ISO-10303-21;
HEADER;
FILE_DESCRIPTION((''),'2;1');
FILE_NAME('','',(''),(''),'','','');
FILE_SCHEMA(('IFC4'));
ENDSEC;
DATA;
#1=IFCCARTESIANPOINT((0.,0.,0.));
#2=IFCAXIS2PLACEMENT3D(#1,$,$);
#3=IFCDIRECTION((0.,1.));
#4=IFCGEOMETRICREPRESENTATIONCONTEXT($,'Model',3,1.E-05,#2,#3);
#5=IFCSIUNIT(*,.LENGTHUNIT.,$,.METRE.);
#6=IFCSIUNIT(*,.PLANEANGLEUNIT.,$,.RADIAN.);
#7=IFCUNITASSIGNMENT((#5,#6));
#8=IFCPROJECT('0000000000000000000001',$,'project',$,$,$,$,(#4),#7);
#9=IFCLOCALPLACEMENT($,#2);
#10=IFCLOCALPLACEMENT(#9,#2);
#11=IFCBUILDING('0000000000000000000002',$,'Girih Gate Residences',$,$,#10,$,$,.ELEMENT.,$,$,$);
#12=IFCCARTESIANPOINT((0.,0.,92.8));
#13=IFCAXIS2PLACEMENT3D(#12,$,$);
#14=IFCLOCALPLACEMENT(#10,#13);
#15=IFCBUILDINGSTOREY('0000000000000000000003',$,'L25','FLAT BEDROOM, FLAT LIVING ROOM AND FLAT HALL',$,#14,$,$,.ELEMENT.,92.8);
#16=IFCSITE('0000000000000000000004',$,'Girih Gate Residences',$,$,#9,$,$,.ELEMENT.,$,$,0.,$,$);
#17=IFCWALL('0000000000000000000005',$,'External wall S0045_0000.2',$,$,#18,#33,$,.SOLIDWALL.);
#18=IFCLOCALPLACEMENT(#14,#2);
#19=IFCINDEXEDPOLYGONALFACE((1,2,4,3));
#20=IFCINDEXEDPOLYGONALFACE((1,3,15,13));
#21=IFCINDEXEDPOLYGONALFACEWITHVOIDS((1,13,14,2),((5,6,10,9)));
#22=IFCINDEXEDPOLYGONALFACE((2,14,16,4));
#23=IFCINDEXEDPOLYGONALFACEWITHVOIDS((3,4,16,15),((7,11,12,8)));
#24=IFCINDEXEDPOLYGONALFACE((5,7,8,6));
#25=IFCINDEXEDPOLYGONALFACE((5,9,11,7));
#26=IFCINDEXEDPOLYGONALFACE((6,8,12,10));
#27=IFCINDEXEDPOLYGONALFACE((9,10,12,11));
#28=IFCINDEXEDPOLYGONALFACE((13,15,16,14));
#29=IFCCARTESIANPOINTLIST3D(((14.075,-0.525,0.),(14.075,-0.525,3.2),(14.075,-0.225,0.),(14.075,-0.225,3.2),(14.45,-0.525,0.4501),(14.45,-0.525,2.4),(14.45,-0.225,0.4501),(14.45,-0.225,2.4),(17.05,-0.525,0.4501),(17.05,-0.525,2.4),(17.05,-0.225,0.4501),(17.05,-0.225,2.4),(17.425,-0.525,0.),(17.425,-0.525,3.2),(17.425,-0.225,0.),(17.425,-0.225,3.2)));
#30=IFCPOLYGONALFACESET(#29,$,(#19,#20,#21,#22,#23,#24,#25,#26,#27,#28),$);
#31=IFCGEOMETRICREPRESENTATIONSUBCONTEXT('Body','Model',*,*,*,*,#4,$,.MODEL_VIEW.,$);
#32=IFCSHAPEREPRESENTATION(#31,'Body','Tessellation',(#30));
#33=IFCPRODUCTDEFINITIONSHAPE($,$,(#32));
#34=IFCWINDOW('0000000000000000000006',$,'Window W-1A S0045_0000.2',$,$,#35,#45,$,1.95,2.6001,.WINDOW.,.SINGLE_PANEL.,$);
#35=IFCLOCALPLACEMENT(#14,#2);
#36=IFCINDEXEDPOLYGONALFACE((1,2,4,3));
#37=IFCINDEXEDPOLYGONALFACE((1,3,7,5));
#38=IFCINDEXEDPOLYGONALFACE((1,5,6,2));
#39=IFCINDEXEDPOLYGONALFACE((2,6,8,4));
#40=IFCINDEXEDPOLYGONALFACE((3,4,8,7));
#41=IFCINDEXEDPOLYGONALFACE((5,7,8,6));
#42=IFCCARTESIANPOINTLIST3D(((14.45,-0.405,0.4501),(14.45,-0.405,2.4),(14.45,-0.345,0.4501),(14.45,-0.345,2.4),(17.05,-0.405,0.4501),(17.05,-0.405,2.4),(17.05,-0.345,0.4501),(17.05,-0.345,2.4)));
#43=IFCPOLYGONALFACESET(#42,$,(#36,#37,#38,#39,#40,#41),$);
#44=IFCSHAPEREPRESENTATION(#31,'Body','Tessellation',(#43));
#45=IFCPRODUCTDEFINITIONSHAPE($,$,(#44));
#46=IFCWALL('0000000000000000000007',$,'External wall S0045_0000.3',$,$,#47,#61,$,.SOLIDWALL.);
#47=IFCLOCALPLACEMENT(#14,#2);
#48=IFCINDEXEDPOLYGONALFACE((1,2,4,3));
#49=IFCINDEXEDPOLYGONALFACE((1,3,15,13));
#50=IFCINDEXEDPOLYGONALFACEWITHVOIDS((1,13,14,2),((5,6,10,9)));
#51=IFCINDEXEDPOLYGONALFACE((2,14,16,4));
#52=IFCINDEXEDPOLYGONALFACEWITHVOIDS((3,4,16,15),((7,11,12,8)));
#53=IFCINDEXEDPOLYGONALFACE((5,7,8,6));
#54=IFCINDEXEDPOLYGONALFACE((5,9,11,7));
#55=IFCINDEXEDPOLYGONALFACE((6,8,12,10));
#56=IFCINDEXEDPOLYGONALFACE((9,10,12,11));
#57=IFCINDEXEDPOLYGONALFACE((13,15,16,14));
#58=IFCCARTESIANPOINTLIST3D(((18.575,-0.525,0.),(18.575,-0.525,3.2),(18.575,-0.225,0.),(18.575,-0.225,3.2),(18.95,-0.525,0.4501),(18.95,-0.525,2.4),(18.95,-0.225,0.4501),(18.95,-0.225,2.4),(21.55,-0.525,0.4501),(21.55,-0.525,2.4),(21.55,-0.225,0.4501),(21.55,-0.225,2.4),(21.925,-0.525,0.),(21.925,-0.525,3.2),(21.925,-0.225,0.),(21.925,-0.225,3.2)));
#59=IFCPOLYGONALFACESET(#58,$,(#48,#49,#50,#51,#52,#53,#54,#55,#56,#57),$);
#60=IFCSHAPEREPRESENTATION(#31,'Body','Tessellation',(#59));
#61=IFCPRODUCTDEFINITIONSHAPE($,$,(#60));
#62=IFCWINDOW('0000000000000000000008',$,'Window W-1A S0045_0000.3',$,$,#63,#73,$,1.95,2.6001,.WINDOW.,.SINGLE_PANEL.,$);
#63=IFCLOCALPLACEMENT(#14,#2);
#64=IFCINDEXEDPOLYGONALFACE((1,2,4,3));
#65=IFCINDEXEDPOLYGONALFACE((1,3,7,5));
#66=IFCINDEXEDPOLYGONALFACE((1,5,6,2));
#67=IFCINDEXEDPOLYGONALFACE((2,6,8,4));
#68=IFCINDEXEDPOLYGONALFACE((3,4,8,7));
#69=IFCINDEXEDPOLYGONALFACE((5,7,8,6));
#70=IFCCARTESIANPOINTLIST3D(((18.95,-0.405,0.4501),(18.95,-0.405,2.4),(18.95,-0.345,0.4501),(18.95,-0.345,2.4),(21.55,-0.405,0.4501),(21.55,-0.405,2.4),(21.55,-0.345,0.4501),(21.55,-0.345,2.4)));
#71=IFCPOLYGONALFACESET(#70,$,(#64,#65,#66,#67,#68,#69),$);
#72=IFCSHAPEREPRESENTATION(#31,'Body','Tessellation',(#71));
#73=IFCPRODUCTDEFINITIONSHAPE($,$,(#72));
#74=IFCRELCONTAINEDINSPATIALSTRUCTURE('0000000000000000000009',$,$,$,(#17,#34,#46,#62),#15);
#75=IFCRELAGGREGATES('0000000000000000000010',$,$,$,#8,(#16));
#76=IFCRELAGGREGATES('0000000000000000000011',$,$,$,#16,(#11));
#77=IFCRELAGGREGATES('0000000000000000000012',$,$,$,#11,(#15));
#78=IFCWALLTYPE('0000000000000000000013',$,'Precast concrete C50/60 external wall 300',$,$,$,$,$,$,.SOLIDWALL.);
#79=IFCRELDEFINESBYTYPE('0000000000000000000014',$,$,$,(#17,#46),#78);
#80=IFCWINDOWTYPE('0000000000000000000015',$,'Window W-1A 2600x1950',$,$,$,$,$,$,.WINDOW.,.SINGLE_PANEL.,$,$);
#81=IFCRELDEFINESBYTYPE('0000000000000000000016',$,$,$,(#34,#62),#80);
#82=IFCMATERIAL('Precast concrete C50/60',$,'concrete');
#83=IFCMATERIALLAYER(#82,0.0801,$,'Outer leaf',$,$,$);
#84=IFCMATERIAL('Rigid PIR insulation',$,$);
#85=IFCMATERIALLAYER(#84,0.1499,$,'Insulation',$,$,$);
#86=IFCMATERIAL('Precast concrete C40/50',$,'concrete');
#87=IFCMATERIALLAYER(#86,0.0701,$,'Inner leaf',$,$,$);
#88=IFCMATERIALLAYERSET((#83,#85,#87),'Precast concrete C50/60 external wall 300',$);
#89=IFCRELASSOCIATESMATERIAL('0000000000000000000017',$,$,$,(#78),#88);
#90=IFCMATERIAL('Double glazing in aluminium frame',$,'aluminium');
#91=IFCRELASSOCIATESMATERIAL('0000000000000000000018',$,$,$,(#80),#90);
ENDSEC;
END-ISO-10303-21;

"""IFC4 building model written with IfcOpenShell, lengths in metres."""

from ifc_helpers import new_model, si_unit, direction, frame, frame_2d, origin, place, context, subcontext, project, spatial, rectangle, extrude, material, layer, layer_set, type_object, element, fill, save


model = new_model("IFC4")

# Units and contexts
model_context = context("Model", 3, precision=1e-05, world=origin(), true_north=direction((0.0, 1.0)))
body_context = subcontext(model_context, "Body", "Model", "MODEL_VIEW")
ifc_project = project(units=[si_unit("LENGTHUNIT", "METRE"), si_unit("PLANEANGLEUNIT", "RADIAN")], contexts=[model_context])

# Site, building, storey
site_placement = place(None, origin())
site = spatial("IfcSite", under=ifc_project, at=site_placement, Name="Girih Gate Residences", CompositionType="ELEMENT", RefElevation=0.0)
building_placement = place(site_placement, origin())
building = spatial("IfcBuilding", under=site, at=building_placement, Name="Girih Gate Residences", CompositionType="ELEMENT")
storey_placement = place(building_placement, frame((0.0, 0.0, 92.8)))
storey = spatial("IfcBuildingStorey", under=building, at=storey_placement, Name="L25", Description="FLAT BEDROOM, FLAT LIVING ROOM AND FLAT HALL", CompositionType="ELEMENT", Elevation=92.8)

# Walls, openings, windows
ifc_material_1 = material(Name="Precast concrete C50/60", Category="concrete")
ifc_layer_1 = layer(ifc_material_1, 0.0801, Name="Outer leaf")
ifc_material_2 = material(Name="Rigid PIR insulation")
ifc_layer_2 = layer(ifc_material_2, 0.1499, Name="Insulation")
ifc_material_3 = material(Name="Precast concrete C40/50", Category="concrete")
ifc_layer_3 = layer(ifc_material_3, 0.0701, Name="Inner leaf")
ifc_layer_set_1 = layer_set([ifc_layer_1, ifc_layer_2, ifc_layer_3], Name="Precast concrete C50/60 external wall 300")
wall_type_1 = type_object("IfcWallType", Name="Precast concrete C50/60 external wall 300", PredefinedType="SOLIDWALL", material=ifc_layer_set_1)
ifc_material_4 = material(Name="Double glazing in aluminium frame", Category="aluminium")
window_type = type_object("IfcWindowType", Name="Window W-1A 2600x1950", PartitioningType="SINGLE_PANEL", PredefinedType="WINDOW", material=ifc_material_4)
wall_1_placement = place(storey_placement, frame((17.425, -0.375, 0.0), z_axis=(0.0, 0.0, 1.0), x_axis=(-1.0, 0.0, 0.0)))
wall_1 = element("IfcWall", 1, at=wall_1_placement, inside=storey, type_object=wall_type_1, Name="External wall S0045_0000.2", PredefinedType="SOLIDWALL", context=body_context, shape_type="SweptSolid", body=[
    extrude(rectangle(XDim=3.3501, YDim=0.3, at=frame_2d((1.675, 0.0))), origin(), (0.0, 0.0, 1.0), 3.2),
])
opening_1_placement = place(wall_1_placement, frame((0.375, 0.0, 0.45)))
opening_1 = element("IfcOpeningElement", 2, at=opening_1_placement, cuts=wall_1, PredefinedType="OPENING", context=body_context, shape_type="SweptSolid", body=[
    extrude(rectangle(XDim=2.6001, YDim=1.95, at=frame_2d((1.3, 0.9751))), frame((0.0, 0.1599, 0.0), z_axis=(0.0, -1.0, 0.0), x_axis=(1.0, 0.0, 0.0)), (0.0, 0.0, 1.0), 0.3201),
])
window_1_placement = place(opening_1_placement, origin())
window_1 = element("IfcWindow", 3, at=window_1_placement, inside=storey, type_object=window_type, Name="Window W-1A S0045_0000.2", OverallHeight=1.95, OverallWidth=2.6001, PartitioningType="SINGLE_PANEL", PredefinedType="WINDOW", context=body_context, shape_type="SweptSolid", body=[
    extrude(rectangle(XDim=2.6001, YDim=1.95, at=frame_2d((1.3, 0.9751))), frame((0.0, 0.03, 0.0), z_axis=(0.0, -1.0, 0.0), x_axis=(1.0, 0.0, 0.0)), (0.0, 0.0, 1.0), 0.0601),
])
fill(opening_1, window_1)
wall_2_placement = place(storey_placement, frame((21.925, -0.375, 0.0), z_axis=(0.0, 0.0, 1.0), x_axis=(-1.0, 0.0, 0.0)))
wall_2 = element("IfcWall", 4, at=wall_2_placement, inside=storey, type_object=wall_type_1, Name="External wall S0045_0000.3", PredefinedType="SOLIDWALL", context=body_context, shape_type="SweptSolid", body=[
    extrude(rectangle(XDim=3.3501, YDim=0.3, at=frame_2d((1.675, 0.0))), origin(), (0.0, 0.0, 1.0), 3.2),
])
opening_2_placement = place(wall_2_placement, frame((0.375, 0.0, 0.45)))
opening_2 = element("IfcOpeningElement", 5, at=opening_2_placement, cuts=wall_2, PredefinedType="OPENING", context=body_context, shape_type="SweptSolid", body=[
    extrude(rectangle(XDim=2.6001, YDim=1.95, at=frame_2d((1.3, 0.9751))), frame((0.0, 0.1599, 0.0), z_axis=(0.0, -1.0, 0.0), x_axis=(1.0, 0.0, 0.0)), (0.0, 0.0, 1.0), 0.3201),
])
window_2_placement = place(opening_2_placement, origin())
window_2 = element("IfcWindow", 6, at=window_2_placement, inside=storey, type_object=window_type, Name="Window W-1A S0045_0000.3", OverallHeight=1.95, OverallWidth=2.6001, PartitioningType="SINGLE_PANEL", PredefinedType="WINDOW", context=body_context, shape_type="SweptSolid", body=[
    extrude(rectangle(XDim=2.6001, YDim=1.95, at=frame_2d((1.3, 0.9751))), frame((0.0, 0.03, 0.0), z_axis=(0.0, -1.0, 0.0), x_axis=(1.0, 0.0, 0.0)), (0.0, 0.0, 1.0), 0.0601),
])
fill(opening_2, window_2)

save(model, "model.ifc")
